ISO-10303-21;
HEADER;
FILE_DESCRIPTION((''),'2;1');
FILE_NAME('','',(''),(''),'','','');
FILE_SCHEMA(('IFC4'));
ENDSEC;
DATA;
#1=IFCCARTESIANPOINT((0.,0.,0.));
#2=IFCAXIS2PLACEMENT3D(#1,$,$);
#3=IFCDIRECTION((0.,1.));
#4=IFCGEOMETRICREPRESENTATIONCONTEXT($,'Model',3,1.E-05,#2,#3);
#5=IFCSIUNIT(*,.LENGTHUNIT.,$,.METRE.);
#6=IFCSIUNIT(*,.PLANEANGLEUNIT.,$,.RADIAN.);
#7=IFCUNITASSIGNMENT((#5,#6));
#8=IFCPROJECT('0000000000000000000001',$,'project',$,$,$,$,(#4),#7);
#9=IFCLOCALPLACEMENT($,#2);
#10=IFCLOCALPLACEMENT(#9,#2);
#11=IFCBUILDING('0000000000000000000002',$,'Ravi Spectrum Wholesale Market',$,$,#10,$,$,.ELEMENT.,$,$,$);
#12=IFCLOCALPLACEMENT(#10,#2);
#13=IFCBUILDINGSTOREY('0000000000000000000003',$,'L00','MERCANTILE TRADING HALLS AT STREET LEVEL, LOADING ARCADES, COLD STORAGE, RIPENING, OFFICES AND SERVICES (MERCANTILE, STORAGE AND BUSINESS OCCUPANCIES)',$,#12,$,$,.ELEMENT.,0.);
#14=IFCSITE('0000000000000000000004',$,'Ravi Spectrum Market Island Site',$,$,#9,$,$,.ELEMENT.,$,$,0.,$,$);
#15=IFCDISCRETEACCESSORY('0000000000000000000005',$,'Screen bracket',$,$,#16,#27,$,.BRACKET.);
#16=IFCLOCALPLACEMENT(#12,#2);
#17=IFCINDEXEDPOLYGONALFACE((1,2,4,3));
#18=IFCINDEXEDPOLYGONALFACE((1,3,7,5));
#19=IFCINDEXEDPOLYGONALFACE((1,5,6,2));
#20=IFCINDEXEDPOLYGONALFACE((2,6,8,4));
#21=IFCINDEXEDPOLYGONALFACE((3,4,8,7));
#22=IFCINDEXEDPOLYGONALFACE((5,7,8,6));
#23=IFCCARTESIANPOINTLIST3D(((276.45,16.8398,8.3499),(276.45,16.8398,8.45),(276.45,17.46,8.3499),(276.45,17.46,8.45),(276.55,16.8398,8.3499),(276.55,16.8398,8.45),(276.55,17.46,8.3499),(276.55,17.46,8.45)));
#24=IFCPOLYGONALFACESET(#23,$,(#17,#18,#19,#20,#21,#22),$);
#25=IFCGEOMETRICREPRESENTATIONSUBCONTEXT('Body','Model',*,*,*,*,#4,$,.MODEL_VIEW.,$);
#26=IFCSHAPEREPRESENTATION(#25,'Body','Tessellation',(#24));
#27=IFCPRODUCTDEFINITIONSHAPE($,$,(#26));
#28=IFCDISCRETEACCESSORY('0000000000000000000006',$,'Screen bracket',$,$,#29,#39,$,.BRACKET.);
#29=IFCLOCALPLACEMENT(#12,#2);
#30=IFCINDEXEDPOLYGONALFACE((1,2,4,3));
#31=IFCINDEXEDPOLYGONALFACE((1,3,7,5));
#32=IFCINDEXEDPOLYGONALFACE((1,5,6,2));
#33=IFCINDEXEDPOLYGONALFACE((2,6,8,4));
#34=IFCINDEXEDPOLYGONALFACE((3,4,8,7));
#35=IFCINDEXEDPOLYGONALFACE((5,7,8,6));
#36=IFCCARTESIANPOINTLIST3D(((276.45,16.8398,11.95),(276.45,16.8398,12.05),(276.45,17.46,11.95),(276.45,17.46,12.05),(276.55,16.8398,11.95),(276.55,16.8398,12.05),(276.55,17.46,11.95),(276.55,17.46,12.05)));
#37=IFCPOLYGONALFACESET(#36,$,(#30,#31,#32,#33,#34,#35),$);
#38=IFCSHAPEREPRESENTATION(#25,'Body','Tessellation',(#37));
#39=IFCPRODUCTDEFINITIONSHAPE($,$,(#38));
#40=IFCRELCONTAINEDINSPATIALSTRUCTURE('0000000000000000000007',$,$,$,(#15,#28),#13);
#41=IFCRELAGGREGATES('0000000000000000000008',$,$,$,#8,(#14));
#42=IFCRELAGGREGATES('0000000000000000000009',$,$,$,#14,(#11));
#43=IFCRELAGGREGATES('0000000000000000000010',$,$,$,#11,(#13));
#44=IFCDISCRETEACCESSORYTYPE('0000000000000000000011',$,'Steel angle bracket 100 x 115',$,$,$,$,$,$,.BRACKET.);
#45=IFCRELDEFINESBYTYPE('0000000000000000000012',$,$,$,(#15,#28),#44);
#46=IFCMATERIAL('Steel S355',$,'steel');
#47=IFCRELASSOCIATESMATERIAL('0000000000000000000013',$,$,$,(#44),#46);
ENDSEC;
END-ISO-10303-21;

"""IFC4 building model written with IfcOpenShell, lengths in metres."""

from ifc_helpers import new_model, si_unit, direction, frame, origin, origin_2d, place, context, subcontext, project, spatial, rectangle, extrude, material, type_object, element, save


model = new_model("IFC4")

# Units and contexts
model_context = context("Model", 3, precision=1e-05, world=origin(), true_north=direction((0.0, 1.0)))
body_context = subcontext(model_context, "Body", "Model", "MODEL_VIEW")
ifc_project = project(units=[si_unit("LENGTHUNIT", "METRE"), si_unit("PLANEANGLEUNIT", "RADIAN")], contexts=[model_context])

# Site, building, storey
site_placement = place(None, origin())
site = spatial("IfcSite", under=ifc_project, at=site_placement, Name="Ravi Spectrum Market Island Site", CompositionType="ELEMENT", RefElevation=0.0)
building_placement = place(site_placement, origin())
building = spatial("IfcBuilding", under=site, at=building_placement, Name="Ravi Spectrum Wholesale Market", CompositionType="ELEMENT")
storey_placement = place(building_placement, origin())
storey = spatial("IfcBuildingStorey", under=building, at=storey_placement, Name="L00", Description="MERCANTILE TRADING HALLS AT STREET LEVEL, LOADING ARCADES, COLD STORAGE, RIPENING, OFFICES AND SERVICES (MERCANTILE, STORAGE AND BUSINESS OCCUPANCIES)", CompositionType="ELEMENT", Elevation=0.0)

# Discrete accessories
ifc_material_1 = material(Name="Steel S355", Category="steel")
discrete_accessory_type_1 = type_object("IfcDiscreteAccessoryType", Name="Steel angle bracket 100 x 115", PredefinedType="BRACKET", material=ifc_material_1)
for number, where, z_axis, x_axis, name in (
    (1, (276.5, 17.1499, 8.3499), (0.0, 0.0, 1.0), (1.0, 0.0, 0.0), "Screen bracket"),
    (2, (276.5, 17.1499, 11.95), (0.0, 0.0, 1.0), (1.0, 0.0, 0.0), "Screen bracket"),
):
    element("IfcDiscreteAccessory", number, at=place(storey_placement, frame(where, z_axis=z_axis, x_axis=x_axis)), inside=storey, type_object=discrete_accessory_type_1, Name=name, PredefinedType="BRACKET", context=body_context, shape_type="SweptSolid", body=[
        extrude(rectangle(XDim=0.1001, YDim=0.6201, at=origin_2d()), origin(), (0.0, 0.0, 1.0), 0.1001),
    ])

save(model, "model.ifc")
